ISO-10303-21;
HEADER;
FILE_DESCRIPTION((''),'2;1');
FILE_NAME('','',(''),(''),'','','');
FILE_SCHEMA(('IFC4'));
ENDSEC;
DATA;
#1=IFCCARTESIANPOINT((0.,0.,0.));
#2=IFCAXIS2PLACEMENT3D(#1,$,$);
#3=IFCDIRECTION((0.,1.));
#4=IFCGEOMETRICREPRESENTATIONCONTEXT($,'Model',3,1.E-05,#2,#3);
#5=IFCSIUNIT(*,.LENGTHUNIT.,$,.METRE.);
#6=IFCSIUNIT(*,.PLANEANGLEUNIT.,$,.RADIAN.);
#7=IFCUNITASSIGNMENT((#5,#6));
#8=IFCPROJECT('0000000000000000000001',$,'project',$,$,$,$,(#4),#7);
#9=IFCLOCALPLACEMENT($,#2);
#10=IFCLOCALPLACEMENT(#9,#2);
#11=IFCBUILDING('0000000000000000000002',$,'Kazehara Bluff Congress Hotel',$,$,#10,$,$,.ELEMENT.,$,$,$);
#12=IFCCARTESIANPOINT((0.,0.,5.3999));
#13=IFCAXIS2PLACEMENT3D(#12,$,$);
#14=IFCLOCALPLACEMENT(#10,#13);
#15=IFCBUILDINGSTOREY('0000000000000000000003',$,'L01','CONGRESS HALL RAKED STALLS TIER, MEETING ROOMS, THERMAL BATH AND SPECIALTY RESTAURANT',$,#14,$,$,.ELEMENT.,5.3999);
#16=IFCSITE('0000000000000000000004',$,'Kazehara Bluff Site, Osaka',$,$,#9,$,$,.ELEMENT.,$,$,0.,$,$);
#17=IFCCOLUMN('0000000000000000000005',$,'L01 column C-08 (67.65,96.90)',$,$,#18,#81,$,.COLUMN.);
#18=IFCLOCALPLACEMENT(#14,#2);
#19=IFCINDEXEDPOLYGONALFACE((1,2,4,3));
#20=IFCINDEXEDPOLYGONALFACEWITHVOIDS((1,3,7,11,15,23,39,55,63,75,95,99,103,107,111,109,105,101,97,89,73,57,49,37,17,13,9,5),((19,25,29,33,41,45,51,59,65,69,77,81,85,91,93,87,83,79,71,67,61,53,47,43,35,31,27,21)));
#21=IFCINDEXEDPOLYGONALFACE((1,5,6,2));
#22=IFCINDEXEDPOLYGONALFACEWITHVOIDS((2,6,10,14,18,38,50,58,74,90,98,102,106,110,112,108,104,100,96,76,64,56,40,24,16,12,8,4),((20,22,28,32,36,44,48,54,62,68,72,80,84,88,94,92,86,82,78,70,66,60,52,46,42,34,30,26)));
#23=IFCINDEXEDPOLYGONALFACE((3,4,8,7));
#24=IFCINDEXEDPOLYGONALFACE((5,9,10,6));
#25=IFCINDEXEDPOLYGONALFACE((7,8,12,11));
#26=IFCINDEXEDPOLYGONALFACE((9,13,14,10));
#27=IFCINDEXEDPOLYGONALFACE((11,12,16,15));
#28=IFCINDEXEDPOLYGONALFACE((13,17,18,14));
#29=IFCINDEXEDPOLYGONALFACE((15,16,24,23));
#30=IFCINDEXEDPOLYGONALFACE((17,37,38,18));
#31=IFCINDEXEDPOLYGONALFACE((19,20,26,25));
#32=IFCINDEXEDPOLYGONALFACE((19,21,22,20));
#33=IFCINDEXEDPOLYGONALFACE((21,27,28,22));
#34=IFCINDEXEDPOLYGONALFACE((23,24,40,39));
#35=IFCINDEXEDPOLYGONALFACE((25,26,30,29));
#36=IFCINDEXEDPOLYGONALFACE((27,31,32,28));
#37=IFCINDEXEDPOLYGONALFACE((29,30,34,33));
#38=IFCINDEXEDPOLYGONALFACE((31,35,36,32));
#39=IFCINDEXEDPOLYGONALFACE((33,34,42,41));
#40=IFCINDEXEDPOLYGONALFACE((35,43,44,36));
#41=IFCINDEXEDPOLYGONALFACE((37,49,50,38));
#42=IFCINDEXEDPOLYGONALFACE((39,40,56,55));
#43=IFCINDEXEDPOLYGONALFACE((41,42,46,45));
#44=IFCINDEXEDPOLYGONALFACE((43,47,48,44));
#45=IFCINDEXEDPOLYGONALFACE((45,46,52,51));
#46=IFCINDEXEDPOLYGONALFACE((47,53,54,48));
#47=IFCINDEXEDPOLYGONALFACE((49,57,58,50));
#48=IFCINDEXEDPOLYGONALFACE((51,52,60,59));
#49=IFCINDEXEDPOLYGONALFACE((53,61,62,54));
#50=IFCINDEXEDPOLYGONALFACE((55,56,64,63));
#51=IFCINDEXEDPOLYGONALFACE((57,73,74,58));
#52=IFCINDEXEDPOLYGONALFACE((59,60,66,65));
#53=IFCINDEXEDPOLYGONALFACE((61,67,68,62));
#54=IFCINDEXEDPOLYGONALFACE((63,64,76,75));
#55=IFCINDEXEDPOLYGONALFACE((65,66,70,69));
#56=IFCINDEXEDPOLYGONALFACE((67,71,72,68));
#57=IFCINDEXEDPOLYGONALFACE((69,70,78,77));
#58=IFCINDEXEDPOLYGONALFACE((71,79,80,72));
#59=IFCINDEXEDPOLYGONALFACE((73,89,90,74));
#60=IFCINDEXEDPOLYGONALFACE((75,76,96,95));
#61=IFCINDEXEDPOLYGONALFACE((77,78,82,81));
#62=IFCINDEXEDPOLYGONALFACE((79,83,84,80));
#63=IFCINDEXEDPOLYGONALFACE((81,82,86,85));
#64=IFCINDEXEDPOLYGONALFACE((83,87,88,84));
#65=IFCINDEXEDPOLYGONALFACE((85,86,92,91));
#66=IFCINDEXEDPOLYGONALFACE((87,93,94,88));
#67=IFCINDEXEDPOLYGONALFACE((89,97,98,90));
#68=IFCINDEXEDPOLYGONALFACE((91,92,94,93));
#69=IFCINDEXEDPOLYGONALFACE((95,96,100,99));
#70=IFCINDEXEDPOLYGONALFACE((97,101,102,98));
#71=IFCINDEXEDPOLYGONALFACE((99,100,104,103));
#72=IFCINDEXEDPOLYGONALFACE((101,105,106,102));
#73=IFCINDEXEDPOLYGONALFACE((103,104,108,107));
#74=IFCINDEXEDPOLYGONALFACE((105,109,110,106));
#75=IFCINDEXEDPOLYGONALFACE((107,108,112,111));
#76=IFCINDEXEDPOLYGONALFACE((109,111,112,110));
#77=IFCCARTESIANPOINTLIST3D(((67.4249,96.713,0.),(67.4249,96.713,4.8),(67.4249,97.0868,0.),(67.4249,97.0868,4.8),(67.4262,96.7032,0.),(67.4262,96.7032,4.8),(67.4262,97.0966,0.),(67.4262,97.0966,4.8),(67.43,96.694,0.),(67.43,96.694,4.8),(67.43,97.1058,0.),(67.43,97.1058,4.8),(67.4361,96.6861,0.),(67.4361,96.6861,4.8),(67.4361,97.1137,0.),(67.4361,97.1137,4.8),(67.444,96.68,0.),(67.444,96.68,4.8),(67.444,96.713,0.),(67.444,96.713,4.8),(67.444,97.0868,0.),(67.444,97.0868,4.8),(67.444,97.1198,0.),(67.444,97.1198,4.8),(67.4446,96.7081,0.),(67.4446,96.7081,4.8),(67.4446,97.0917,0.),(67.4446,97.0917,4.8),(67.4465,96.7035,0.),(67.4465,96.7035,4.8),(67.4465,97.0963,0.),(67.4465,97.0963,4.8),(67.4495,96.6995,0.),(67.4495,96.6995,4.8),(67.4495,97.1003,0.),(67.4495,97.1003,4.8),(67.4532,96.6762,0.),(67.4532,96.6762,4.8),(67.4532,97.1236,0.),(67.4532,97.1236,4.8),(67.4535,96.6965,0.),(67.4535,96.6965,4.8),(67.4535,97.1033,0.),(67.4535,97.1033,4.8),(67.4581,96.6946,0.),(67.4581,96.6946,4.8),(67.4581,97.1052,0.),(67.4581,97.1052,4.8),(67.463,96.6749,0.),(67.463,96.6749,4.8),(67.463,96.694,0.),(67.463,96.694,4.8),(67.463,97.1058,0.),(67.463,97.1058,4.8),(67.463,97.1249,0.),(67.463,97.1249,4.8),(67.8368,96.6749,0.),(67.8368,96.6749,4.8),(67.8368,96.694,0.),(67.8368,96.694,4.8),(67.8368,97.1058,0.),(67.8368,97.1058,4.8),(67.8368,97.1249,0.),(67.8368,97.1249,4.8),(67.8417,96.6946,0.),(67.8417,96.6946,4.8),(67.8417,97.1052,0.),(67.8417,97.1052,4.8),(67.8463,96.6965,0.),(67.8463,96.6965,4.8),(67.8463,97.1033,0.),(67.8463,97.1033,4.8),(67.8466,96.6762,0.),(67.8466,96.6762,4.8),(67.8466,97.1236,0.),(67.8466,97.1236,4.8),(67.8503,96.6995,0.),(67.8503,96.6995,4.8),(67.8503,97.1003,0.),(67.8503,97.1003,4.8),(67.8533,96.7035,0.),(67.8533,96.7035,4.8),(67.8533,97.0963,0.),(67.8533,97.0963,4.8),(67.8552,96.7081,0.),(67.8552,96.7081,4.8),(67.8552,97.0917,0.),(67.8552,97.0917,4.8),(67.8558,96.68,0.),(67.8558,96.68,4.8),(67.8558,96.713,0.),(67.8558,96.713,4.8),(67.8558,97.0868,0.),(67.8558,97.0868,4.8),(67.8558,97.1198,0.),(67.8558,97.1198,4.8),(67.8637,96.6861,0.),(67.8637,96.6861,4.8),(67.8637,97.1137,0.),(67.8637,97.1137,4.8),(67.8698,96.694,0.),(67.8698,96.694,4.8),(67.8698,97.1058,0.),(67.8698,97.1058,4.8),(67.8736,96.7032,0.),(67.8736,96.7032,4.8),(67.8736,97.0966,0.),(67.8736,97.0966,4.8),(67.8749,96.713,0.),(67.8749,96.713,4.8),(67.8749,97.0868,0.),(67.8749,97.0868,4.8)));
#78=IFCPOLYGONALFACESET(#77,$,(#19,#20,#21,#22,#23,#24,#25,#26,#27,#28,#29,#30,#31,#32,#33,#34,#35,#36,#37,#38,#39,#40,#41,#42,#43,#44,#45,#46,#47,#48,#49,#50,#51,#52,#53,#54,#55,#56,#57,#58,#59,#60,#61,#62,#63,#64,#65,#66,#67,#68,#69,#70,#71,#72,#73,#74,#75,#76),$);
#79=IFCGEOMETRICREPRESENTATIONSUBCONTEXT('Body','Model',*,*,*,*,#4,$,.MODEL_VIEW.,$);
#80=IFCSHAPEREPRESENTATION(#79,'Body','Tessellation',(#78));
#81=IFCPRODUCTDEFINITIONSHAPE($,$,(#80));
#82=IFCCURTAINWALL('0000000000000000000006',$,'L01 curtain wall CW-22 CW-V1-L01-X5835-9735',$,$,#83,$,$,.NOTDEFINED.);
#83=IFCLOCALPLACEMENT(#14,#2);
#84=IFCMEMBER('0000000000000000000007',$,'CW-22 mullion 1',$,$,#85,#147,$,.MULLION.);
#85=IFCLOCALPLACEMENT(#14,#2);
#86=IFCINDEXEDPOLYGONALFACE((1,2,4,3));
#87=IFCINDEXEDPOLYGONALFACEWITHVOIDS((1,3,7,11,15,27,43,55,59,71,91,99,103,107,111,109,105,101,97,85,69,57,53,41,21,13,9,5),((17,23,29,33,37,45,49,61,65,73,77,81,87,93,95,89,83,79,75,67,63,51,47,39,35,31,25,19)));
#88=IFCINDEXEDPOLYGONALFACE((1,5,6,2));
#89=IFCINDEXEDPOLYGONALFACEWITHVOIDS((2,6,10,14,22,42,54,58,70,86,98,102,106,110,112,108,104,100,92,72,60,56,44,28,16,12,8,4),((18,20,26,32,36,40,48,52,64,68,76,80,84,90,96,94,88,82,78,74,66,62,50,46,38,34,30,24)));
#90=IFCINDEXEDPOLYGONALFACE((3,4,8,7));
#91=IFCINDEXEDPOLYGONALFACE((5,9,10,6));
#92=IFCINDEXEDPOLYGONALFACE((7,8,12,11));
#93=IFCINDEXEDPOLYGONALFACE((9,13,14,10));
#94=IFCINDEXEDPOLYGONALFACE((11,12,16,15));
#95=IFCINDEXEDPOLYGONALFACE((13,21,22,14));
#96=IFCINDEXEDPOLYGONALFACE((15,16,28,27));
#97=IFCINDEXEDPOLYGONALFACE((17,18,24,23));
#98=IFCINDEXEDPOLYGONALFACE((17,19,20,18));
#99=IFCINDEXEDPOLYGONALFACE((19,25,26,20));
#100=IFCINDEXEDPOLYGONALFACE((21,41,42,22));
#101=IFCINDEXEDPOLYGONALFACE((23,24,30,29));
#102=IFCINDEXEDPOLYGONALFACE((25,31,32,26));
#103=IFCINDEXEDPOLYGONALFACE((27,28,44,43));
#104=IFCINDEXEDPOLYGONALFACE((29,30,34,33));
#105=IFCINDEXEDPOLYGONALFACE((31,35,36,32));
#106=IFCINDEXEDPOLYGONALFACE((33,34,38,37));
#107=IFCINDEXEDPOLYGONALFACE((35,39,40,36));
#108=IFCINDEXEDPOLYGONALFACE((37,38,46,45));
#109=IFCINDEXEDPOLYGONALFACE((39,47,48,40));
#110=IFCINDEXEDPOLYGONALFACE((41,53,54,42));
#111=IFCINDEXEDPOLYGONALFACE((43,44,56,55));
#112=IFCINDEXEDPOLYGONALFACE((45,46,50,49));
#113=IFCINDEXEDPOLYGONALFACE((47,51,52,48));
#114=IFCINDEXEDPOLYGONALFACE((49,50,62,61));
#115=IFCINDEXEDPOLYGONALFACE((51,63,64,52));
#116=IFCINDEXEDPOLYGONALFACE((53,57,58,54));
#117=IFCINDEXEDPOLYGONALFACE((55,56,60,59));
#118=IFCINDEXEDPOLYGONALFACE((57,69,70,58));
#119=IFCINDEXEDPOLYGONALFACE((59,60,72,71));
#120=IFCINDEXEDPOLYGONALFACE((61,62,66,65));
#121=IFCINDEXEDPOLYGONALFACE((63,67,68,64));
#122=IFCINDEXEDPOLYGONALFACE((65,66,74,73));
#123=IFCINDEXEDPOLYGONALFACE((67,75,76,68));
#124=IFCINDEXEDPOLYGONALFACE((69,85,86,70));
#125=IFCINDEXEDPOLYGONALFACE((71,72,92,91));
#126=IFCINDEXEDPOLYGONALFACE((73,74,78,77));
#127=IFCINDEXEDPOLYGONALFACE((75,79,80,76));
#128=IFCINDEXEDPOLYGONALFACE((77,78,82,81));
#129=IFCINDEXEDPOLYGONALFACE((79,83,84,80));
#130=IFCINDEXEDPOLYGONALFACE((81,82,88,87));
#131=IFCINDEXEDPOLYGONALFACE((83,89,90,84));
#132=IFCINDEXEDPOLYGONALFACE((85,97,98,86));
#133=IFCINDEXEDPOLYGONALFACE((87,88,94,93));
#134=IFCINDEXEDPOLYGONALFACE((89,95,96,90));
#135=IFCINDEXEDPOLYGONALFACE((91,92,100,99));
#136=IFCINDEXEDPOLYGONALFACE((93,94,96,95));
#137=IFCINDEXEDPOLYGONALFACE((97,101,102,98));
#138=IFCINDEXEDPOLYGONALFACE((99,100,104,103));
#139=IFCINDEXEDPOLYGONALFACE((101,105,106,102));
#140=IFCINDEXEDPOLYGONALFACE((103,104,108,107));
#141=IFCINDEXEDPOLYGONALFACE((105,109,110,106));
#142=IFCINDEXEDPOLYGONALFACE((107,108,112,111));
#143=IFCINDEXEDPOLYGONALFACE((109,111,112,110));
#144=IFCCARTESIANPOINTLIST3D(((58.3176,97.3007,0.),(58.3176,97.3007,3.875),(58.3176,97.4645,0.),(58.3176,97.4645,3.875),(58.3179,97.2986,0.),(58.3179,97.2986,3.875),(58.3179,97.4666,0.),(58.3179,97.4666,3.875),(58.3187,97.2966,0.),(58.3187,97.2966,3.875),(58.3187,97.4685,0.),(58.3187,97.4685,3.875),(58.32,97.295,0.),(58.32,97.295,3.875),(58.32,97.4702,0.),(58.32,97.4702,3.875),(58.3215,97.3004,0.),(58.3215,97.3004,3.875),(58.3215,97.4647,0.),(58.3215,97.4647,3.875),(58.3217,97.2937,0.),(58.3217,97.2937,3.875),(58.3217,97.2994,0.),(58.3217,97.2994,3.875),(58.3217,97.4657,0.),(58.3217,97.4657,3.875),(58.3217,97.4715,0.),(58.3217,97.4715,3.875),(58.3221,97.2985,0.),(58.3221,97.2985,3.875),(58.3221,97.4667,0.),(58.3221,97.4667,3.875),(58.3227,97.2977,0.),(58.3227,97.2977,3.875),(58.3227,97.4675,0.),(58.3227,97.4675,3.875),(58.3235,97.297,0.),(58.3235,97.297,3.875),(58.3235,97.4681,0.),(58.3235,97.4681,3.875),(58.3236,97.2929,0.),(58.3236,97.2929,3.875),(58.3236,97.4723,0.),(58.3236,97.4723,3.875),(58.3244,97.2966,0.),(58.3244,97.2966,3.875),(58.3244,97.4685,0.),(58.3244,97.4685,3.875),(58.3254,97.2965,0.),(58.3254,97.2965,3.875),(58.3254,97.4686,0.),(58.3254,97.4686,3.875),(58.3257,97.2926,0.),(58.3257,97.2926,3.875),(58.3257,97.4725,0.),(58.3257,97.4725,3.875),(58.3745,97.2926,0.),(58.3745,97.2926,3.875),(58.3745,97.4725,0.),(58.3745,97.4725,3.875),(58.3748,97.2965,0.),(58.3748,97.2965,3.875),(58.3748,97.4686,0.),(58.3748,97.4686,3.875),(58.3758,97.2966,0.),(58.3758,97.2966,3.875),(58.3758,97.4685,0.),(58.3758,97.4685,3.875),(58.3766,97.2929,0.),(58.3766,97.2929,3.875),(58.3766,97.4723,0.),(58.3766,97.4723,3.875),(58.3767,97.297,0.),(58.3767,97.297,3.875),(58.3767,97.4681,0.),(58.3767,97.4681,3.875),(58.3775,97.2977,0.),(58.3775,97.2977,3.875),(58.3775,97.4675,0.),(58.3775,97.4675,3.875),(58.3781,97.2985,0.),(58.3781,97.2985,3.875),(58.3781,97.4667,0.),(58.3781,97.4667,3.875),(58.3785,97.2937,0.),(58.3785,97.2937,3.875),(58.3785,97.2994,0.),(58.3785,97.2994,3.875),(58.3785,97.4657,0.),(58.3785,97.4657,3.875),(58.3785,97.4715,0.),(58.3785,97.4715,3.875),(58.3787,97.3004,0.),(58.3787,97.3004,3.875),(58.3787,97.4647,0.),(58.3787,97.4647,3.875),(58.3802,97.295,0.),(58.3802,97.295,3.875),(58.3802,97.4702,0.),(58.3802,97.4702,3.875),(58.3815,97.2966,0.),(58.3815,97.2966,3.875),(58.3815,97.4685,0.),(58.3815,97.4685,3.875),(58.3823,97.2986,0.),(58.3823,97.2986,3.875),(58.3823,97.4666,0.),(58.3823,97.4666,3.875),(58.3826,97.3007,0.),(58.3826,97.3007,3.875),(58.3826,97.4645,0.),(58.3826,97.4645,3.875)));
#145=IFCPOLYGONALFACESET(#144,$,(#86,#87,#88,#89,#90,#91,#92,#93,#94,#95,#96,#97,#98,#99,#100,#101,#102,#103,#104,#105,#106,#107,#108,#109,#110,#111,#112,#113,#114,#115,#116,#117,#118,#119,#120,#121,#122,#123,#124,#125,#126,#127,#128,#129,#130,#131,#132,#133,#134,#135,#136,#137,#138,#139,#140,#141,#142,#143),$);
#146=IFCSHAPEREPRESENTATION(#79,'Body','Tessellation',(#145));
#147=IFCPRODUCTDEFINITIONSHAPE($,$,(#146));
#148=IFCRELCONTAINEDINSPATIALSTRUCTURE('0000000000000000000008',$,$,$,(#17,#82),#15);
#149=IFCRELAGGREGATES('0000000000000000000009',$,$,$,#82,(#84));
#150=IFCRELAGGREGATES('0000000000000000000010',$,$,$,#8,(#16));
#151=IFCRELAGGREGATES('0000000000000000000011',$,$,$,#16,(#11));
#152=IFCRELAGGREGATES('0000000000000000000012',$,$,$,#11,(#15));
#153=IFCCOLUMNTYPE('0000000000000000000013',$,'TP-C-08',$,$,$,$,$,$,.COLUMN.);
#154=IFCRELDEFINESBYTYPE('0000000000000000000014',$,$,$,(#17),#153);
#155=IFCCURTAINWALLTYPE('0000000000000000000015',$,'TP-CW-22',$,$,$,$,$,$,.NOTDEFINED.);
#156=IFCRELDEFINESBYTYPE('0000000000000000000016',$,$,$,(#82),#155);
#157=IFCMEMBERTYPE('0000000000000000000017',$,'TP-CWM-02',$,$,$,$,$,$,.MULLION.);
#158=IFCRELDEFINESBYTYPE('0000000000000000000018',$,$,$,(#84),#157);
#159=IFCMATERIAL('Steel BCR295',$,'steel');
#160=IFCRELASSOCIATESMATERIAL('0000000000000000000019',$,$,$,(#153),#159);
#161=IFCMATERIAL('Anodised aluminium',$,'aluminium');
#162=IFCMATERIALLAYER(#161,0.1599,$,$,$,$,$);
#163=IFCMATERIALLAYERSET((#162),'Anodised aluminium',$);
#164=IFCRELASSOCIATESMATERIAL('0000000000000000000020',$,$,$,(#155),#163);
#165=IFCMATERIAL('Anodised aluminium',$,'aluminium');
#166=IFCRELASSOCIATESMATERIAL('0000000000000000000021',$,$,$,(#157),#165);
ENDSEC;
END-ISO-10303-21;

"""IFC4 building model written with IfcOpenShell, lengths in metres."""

from ifc_helpers import new_model, si_unit, direction, frame, origin, origin_2d, place, context, subcontext, project, spatial, hollow_rectangle, extrude, material, layer, layer_set, material_profile, profile_set, type_object, element, aggregate, save


model = new_model("IFC4")

# Units and contexts
model_context = context("Model", 3, precision=1e-05, world=origin(), true_north=direction((0.0, 1.0)))
body_context = subcontext(model_context, "Body", "Model", "MODEL_VIEW")
ifc_project = project(units=[si_unit("LENGTHUNIT", "METRE"), si_unit("PLANEANGLEUNIT", "RADIAN")], contexts=[model_context])

# Site, building, storey
site_placement = place(None, origin())
site = spatial("IfcSite", under=ifc_project, at=site_placement, Name="Kazehara Bluff Site, Osaka", CompositionType="ELEMENT", RefElevation=0.0)
building_placement = place(site_placement, origin())
building = spatial("IfcBuilding", under=site, at=building_placement, Name="Kazehara Bluff Congress Hotel", CompositionType="ELEMENT")
storey_placement = place(building_placement, frame((0.0, 0.0, 5.3999)))
storey = spatial("IfcBuildingStorey", under=building, at=storey_placement, Name="L01", Description="CONGRESS HALL RAKED STALLS TIER, MEETING ROOMS, THERMAL BATH AND SPECIALTY RESTAURANT", CompositionType="ELEMENT", Elevation=5.3999)

# Column
ifc_material_1 = material(Name="Steel BCR295", Category="steel")
ifc_material_profile_1 = material_profile(ifc_material_1, hollow_rectangle(XDim=0.45, YDim=0.45, WallThickness=0.019, InnerFilletRadius=0.019, OuterFilletRadius=0.0381, at=origin_2d()))
ifc_profile_set_1 = profile_set([ifc_material_profile_1], Name="Steel BCR295")
column_type = type_object("IfcColumnType", Name="TP-C-08", PredefinedType="COLUMN", material=ifc_profile_set_1)
column_placement = place(storey_placement, frame((67.6499, 96.8999, 0.0), z_axis=(0.0, 0.0, 1.0), x_axis=(1.0, 0.0, 0.0)))
element("IfcColumn", 1, at=column_placement, inside=storey, type_object=column_type, Name="L01 column C-08 (67.65,96.90)", PredefinedType="COLUMN", context=body_context, shape_type="SweptSolid", body=[
    extrude(hollow_rectangle(XDim=0.45, YDim=0.45, WallThickness=0.019, InnerFilletRadius=0.019, OuterFilletRadius=0.0381, at=origin_2d()), origin(), (0.0, 0.0, 1.0), 4.8),
])

# Curtain wall, member
ifc_material_2 = material(Name="Anodised aluminium", Category="aluminium")
ifc_layer_1 = layer(ifc_material_2, 0.1599)
ifc_layer_set_1 = layer_set([ifc_layer_1], Name="Anodised aluminium")
curtain_wall_type = type_object("IfcCurtainWallType", Name="TP-CW-22", PredefinedType="NOTDEFINED", material=ifc_layer_set_1)
curtain_wall_placement = place(storey_placement, origin())
curtain_wall = element("IfcCurtainWall", 2, at=curtain_wall_placement, inside=storey, type_object=curtain_wall_type, Name="L01 curtain wall CW-22 CW-V1-L01-X5835-9735", PredefinedType="NOTDEFINED")
ifc_material_3 = material(Name="Anodised aluminium", Category="aluminium")
ifc_material_profile_2 = material_profile(ifc_material_3, hollow_rectangle(XDim=0.0649, YDim=0.1799, WallThickness=0.0039, InnerFilletRadius=0.0039, OuterFilletRadius=0.0081, at=origin_2d()))
ifc_profile_set_2 = profile_set([ifc_material_profile_2], Name="Anodised aluminium")
member_type_1 = type_object("IfcMemberType", Name="TP-CWM-02", PredefinedType="MULLION", material=ifc_profile_set_2)
member_1_placement = place(storey_placement, frame((58.3501, 97.3826, 0.0), z_axis=(0.0, 0.0, 1.0), x_axis=(-1.0, 0.0, 0.0)))
member_1 = element("IfcMember", 3, at=member_1_placement, type_object=member_type_1, Name="CW-22 mullion 1", PredefinedType="MULLION", context=body_context, shape_type="SweptSolid", body=[
    extrude(hollow_rectangle(XDim=0.0649, YDim=0.1799, WallThickness=0.0039, InnerFilletRadius=0.0039, OuterFilletRadius=0.0081, at=origin_2d()), origin(), (0.0, 0.0, 1.0), 3.875),
])

aggregate(curtain_wall, [member_1])

save(model, "model.ifc")
